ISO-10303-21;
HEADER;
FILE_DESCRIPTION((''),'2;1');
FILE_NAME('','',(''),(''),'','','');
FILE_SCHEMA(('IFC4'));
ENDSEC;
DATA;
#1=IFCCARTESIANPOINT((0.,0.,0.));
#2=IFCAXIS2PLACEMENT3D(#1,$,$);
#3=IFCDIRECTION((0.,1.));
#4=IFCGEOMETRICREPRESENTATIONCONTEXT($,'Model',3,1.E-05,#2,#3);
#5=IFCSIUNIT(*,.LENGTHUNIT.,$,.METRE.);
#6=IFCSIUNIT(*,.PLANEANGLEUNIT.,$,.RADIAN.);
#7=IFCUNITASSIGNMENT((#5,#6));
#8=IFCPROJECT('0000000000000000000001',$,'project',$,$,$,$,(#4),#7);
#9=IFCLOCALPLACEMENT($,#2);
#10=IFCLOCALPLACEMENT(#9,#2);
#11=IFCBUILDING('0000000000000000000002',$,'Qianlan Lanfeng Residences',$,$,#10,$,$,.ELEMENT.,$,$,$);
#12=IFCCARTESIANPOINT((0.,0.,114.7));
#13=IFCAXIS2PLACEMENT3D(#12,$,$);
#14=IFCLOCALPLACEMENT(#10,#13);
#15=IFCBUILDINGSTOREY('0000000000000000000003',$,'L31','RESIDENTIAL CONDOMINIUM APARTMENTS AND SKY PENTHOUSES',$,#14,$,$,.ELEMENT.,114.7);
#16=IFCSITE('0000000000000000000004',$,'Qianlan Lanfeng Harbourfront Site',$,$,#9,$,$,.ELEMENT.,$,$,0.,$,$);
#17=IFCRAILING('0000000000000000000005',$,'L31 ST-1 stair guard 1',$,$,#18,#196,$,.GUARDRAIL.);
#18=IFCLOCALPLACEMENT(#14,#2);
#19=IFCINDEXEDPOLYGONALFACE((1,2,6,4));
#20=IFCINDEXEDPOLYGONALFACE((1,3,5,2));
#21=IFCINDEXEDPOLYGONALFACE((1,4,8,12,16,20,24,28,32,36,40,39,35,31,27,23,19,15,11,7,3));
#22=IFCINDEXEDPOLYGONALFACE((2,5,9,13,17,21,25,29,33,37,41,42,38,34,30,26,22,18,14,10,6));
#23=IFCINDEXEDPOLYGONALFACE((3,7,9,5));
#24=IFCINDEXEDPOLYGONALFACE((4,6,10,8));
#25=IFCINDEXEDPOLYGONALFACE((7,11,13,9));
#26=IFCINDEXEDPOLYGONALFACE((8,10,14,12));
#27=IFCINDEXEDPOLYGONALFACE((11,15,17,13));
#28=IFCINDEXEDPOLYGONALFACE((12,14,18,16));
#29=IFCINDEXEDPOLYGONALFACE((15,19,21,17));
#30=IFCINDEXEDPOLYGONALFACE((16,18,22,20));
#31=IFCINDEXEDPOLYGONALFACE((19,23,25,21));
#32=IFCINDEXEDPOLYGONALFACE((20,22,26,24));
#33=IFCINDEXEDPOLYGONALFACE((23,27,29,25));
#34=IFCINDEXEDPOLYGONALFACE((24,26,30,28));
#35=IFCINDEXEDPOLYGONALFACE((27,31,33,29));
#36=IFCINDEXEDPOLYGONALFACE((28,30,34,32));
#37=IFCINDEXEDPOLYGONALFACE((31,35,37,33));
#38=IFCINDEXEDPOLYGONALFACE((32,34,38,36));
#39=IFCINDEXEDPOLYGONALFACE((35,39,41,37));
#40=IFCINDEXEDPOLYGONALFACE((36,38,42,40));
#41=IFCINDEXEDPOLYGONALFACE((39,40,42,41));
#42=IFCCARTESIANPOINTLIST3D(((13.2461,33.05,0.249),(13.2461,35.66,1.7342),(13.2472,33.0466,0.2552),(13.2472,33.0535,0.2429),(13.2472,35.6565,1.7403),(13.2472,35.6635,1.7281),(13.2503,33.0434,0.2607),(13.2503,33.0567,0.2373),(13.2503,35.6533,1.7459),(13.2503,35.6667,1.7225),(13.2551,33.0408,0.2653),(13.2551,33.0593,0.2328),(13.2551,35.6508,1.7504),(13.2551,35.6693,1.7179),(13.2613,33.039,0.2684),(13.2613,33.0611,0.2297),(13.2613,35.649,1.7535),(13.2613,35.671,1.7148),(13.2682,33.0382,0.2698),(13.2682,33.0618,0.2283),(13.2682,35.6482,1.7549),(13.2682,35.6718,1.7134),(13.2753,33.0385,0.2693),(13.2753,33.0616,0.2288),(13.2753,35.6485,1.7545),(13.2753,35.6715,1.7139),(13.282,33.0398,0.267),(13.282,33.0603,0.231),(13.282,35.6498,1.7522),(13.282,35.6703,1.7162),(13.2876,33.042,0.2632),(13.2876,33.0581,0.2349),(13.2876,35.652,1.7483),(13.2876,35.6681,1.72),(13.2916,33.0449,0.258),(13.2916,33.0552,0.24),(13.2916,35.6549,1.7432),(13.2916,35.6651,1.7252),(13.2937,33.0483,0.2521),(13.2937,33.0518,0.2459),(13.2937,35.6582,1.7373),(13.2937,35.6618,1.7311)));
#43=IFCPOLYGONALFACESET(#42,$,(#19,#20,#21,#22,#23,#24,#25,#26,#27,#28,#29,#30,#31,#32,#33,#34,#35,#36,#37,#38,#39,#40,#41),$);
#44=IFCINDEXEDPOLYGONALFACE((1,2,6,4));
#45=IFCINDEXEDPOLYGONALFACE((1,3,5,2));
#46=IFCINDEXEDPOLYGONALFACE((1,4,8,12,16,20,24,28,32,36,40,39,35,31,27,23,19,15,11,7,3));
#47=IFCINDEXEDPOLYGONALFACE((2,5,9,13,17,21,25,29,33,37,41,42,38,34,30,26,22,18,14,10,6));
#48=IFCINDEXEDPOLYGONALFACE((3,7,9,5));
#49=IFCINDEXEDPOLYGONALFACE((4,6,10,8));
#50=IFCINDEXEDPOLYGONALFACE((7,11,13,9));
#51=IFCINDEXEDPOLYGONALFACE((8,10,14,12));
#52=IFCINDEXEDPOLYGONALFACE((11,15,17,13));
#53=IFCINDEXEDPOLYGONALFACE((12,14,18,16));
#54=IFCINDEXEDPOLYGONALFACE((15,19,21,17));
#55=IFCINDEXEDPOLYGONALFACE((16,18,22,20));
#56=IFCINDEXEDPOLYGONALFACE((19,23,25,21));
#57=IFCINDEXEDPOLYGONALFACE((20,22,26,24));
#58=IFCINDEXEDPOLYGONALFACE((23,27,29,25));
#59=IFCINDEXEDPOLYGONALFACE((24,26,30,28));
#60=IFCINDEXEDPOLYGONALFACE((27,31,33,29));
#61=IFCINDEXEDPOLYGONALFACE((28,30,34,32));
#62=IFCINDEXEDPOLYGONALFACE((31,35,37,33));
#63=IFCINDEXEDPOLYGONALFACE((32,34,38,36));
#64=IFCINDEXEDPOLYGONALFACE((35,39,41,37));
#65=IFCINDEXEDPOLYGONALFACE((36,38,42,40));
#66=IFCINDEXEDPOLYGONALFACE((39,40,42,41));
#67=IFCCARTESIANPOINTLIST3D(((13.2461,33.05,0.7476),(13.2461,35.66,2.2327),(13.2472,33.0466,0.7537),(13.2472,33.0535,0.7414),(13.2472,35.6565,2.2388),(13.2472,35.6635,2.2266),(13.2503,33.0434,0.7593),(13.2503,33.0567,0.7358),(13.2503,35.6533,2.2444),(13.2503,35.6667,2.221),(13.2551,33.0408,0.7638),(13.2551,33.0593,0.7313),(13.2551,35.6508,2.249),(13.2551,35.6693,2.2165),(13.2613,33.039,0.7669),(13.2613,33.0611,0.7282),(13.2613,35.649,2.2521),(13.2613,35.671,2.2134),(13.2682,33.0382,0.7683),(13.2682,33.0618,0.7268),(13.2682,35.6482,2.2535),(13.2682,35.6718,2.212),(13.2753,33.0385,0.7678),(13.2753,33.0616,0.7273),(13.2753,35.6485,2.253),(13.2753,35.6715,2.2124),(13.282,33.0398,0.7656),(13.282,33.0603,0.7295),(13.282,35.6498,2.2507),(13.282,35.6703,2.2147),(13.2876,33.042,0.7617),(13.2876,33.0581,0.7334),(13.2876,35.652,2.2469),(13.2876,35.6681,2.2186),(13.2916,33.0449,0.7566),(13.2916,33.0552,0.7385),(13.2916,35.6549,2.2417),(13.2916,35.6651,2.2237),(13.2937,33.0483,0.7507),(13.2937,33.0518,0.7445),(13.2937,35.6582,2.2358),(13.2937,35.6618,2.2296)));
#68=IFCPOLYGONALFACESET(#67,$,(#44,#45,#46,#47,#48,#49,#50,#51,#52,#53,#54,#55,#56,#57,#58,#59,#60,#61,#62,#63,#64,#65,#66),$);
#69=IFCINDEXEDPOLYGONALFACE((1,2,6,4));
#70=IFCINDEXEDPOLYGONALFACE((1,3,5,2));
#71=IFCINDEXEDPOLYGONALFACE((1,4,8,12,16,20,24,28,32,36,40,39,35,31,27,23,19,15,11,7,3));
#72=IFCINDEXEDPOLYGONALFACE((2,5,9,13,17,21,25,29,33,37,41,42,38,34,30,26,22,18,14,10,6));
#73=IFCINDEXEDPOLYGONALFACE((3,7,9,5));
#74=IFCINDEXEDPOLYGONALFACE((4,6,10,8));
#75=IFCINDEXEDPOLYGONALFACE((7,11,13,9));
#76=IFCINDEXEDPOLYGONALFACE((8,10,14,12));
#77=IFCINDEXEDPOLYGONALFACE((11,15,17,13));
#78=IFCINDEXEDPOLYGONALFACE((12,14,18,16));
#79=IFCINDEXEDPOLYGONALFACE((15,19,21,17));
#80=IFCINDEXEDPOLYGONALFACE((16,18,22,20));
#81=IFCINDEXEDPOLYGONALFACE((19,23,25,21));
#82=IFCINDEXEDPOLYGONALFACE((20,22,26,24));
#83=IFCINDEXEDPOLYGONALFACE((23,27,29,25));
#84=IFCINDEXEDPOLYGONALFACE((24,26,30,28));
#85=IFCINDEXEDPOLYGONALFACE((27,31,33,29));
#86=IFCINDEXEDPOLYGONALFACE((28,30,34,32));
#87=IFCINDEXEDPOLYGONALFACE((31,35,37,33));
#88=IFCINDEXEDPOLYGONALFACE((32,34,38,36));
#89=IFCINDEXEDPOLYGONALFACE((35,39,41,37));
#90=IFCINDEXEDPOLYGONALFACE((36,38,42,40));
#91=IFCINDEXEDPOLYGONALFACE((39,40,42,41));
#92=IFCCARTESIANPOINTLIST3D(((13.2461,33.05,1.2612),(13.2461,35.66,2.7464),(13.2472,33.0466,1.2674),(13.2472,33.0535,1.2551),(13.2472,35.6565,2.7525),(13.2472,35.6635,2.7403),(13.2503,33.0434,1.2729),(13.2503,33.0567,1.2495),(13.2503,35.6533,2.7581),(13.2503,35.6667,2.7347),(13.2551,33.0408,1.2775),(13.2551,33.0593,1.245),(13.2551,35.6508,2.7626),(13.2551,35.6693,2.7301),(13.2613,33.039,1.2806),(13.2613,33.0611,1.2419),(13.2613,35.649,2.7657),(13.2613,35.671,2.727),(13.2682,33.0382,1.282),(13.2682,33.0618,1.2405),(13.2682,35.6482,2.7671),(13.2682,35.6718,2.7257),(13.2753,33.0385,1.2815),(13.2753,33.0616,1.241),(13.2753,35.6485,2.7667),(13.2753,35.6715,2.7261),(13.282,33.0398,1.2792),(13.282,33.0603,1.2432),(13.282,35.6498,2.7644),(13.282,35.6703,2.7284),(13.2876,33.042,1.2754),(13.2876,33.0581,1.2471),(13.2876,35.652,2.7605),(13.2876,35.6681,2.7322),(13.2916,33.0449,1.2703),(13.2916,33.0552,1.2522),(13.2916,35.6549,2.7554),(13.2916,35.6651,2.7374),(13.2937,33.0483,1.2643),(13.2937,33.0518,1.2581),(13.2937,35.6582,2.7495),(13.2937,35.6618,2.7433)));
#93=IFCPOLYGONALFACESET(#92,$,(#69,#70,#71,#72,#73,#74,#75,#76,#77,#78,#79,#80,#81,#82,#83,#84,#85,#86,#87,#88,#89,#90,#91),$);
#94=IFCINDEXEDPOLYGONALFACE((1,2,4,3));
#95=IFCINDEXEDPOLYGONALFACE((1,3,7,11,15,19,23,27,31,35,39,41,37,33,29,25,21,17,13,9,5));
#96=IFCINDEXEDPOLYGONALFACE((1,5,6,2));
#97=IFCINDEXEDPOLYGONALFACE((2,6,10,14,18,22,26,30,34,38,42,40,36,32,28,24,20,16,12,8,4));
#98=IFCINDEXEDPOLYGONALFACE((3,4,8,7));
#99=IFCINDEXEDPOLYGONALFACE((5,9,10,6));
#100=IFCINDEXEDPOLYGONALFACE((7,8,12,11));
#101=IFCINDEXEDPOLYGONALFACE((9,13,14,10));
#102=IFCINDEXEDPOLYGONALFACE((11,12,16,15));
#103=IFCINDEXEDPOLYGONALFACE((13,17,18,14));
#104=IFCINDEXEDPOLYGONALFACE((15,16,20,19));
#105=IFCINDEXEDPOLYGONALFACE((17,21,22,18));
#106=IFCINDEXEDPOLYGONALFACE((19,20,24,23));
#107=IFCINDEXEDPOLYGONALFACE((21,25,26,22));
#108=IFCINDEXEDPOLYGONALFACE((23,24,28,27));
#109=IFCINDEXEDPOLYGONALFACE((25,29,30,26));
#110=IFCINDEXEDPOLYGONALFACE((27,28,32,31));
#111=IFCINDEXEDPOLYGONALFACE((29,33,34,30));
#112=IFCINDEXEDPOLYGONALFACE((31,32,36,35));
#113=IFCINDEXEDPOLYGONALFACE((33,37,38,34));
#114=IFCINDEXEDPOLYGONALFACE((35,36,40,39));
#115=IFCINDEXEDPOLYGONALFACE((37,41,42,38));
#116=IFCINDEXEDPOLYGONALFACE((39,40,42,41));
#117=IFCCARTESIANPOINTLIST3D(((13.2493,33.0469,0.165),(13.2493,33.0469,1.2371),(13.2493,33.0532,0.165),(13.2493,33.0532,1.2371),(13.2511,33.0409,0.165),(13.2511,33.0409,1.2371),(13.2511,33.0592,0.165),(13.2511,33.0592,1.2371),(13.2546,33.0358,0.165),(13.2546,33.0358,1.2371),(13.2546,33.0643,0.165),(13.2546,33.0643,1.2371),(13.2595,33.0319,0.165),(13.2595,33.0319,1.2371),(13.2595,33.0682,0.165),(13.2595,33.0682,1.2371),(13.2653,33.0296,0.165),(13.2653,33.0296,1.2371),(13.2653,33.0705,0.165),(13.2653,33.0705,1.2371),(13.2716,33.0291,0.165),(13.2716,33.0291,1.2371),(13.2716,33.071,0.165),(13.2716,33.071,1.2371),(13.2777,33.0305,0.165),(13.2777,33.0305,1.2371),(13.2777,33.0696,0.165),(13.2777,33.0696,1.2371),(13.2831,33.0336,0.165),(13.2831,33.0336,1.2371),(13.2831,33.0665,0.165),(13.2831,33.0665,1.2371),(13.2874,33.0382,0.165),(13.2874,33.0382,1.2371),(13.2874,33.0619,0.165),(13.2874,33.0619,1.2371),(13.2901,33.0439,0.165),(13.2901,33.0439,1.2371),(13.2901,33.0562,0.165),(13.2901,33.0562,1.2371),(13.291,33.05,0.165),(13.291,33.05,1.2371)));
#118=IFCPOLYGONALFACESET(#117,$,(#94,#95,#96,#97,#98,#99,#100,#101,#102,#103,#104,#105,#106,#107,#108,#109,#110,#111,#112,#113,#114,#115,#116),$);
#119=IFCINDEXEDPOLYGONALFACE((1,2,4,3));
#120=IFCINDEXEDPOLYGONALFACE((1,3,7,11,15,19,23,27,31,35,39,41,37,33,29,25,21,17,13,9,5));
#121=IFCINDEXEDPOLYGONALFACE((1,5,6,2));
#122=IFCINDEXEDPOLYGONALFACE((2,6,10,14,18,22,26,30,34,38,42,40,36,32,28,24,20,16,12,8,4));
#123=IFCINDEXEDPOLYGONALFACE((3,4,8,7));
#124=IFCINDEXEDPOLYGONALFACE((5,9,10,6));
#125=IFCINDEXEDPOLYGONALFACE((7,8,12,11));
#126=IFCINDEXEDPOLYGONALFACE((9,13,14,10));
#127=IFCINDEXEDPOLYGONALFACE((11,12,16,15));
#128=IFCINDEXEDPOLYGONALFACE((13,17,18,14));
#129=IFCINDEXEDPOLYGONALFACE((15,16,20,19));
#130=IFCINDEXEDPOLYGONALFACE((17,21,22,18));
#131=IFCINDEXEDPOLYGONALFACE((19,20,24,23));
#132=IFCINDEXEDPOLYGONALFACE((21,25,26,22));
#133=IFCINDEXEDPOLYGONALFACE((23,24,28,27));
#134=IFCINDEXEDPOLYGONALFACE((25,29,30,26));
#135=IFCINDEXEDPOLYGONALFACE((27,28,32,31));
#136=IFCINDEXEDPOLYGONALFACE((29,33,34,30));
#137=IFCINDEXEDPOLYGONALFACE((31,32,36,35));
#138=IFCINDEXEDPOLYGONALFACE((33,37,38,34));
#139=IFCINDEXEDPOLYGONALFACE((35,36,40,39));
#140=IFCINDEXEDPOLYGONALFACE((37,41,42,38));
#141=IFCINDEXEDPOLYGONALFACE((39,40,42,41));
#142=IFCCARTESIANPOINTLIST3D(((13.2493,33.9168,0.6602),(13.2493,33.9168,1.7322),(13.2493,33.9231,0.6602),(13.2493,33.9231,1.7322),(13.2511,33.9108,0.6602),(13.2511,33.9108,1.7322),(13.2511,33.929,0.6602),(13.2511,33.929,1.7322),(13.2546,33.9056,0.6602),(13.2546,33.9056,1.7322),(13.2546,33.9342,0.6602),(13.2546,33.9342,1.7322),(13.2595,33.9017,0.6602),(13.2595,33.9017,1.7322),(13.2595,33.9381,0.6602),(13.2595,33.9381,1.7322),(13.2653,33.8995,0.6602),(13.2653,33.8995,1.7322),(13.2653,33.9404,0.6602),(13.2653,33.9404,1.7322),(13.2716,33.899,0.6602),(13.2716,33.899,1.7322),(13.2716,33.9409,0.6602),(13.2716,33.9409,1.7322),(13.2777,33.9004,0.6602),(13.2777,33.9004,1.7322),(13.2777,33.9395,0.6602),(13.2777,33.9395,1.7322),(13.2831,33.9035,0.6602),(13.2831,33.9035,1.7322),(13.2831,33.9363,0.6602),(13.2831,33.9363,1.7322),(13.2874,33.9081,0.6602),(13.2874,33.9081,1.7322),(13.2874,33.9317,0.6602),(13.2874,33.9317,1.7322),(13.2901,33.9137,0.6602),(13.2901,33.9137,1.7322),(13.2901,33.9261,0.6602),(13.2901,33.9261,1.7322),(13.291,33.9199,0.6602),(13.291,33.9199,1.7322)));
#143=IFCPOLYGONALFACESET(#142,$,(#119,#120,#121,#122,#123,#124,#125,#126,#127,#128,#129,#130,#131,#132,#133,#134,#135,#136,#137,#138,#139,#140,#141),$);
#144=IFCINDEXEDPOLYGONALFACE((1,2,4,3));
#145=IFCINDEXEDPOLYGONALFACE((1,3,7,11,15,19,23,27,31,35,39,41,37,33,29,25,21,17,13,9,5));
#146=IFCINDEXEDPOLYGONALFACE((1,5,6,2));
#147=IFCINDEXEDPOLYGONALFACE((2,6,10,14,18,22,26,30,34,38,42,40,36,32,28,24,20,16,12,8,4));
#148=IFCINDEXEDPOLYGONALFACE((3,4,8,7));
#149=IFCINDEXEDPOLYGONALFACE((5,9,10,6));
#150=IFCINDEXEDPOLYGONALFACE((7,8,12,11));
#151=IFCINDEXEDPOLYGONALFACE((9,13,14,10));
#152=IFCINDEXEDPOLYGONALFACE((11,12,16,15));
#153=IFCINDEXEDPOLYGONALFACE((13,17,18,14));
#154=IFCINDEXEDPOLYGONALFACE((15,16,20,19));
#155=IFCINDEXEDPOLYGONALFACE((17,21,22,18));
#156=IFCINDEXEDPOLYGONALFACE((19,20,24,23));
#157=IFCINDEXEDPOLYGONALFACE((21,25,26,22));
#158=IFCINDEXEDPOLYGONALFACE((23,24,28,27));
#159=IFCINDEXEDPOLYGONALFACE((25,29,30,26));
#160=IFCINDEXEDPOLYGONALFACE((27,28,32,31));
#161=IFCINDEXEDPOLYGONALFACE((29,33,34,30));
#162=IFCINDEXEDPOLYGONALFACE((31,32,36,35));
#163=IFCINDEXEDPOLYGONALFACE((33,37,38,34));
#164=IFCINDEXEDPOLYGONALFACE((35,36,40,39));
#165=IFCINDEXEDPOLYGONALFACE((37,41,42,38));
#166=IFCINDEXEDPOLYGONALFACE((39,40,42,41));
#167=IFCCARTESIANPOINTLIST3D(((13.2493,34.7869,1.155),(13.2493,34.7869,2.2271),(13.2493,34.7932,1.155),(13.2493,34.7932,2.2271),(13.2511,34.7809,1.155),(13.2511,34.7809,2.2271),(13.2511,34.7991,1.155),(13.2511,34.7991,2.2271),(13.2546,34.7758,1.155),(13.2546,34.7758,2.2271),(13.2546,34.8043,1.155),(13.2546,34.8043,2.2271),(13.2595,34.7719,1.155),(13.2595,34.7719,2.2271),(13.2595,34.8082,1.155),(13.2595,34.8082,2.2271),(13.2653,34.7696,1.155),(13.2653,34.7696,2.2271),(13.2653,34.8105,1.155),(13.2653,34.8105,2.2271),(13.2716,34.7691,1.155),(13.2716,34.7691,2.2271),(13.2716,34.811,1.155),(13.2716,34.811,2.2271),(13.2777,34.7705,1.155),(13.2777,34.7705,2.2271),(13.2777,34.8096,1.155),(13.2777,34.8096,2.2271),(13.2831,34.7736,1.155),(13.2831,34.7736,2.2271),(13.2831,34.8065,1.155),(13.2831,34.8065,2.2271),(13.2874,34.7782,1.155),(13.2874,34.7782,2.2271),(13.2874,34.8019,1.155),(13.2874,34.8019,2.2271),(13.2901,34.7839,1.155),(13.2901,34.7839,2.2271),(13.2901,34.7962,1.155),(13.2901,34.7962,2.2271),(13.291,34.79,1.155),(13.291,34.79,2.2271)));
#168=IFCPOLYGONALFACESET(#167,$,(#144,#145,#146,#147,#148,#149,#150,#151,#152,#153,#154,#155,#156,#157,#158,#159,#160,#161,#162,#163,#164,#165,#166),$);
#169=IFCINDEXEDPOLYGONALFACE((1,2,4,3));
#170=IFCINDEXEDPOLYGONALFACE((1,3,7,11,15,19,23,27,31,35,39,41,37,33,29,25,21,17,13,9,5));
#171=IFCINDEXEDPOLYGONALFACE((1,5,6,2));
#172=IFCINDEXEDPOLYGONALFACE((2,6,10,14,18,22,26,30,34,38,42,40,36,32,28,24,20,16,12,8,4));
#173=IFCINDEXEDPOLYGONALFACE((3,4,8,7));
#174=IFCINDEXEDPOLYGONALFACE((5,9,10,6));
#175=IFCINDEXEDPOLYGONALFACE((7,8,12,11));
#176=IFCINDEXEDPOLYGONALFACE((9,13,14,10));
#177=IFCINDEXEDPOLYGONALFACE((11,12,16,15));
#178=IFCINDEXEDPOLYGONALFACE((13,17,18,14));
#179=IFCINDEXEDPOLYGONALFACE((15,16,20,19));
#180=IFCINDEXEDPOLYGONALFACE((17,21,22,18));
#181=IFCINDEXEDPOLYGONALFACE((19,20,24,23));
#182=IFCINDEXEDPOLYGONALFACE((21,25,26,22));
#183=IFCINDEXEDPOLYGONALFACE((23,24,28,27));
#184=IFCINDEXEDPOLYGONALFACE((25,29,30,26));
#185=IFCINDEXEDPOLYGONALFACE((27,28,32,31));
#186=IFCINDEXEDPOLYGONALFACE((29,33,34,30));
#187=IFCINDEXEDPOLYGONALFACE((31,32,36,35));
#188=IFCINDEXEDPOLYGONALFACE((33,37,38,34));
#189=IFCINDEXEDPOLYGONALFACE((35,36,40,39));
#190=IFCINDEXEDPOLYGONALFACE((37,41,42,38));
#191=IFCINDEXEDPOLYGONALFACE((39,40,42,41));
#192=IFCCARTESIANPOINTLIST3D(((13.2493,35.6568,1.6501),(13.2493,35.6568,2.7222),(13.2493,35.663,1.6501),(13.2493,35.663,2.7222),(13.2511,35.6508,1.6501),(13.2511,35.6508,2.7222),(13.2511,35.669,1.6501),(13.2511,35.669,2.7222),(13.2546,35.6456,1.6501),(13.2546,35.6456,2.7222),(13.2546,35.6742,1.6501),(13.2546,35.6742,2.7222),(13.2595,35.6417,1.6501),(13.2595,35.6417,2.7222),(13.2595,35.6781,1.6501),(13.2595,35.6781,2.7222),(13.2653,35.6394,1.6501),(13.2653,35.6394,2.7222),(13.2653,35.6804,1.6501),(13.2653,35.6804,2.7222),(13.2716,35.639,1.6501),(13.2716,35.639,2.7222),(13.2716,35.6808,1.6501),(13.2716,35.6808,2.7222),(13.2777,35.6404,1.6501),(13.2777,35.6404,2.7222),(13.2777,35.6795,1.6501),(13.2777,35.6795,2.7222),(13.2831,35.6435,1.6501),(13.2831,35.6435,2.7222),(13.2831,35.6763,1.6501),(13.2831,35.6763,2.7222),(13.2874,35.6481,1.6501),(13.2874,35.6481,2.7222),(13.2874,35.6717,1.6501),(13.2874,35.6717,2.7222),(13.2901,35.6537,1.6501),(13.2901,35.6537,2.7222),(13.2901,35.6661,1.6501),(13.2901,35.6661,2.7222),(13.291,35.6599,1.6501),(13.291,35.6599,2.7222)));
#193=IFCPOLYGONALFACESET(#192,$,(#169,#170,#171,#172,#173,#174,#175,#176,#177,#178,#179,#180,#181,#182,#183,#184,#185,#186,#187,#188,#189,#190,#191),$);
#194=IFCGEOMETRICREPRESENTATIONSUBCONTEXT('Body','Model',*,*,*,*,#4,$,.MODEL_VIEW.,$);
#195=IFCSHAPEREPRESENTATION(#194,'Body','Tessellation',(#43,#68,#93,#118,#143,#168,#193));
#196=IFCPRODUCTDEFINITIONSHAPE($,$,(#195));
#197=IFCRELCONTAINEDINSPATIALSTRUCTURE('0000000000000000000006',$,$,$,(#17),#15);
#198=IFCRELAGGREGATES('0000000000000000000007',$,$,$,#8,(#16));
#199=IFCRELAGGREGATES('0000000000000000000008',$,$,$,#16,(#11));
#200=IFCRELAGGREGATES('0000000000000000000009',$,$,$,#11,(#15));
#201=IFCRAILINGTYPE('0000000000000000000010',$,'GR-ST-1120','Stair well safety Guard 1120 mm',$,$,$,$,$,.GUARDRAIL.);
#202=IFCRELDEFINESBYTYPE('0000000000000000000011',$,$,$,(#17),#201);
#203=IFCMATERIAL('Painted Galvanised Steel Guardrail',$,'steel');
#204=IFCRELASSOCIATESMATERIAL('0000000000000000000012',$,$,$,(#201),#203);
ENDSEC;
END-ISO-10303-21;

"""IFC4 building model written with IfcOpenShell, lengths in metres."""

from ifc_helpers import new_model, si_unit, direction, frame, origin, origin_2d, place, context, subcontext, project, spatial, circle, extrude, material, type_object, element, save


model = new_model("IFC4")

# Units and contexts
model_context = context("Model", 3, precision=1e-05, world=origin(), true_north=direction((0.0, 1.0)))
body_context = subcontext(model_context, "Body", "Model", "MODEL_VIEW")
ifc_project = project(units=[si_unit("LENGTHUNIT", "METRE"), si_unit("PLANEANGLEUNIT", "RADIAN")], contexts=[model_context])

# Site, building, storey
site_placement = place(None, origin())
site = spatial("IfcSite", under=ifc_project, at=site_placement, Name="Qianlan Lanfeng Harbourfront Site", CompositionType="ELEMENT", RefElevation=0.0)
building_placement = place(site_placement, origin())
building = spatial("IfcBuilding", under=site, at=building_placement, Name="Qianlan Lanfeng Residences", CompositionType="ELEMENT")
storey_placement = place(building_placement, frame((0.0, 0.0, 114.7)))
storey = spatial("IfcBuildingStorey", under=building, at=storey_placement, Name="L31", Description="RESIDENTIAL CONDOMINIUM APARTMENTS AND SKY PENTHOUSES", CompositionType="ELEMENT", Elevation=114.7)

# Railing
ifc_material_1 = material(Name="Painted Galvanised Steel Guardrail", Category="steel")
railing_type_1 = type_object("IfcRailingType", Name="GR-ST-1120", Description="Stair well safety Guard 1120 mm", PredefinedType="GUARDRAIL", material=ifc_material_1)
railing_1_placement = place(storey_placement, frame((13.27, 33.05, 0.165)))
element("IfcRailing", 1, at=railing_1_placement, inside=storey, type_object=railing_type_1, Name="L31 ST-1 stair guard 1", PredefinedType="GUARDRAIL", context=body_context, shape_type="SweptSolid", body=[
    extrude(circle(Radius=0.0239, at=origin_2d()), frame((0.0, 0.0, 0.084), z_axis=(0.0, 0.869137, 0.494571), x_axis=(-1.0, 0.0, 0.0)), (0.0, 0.0, 1.0), 3.0029),
    extrude(circle(Radius=0.0239, at=origin_2d()), frame((0.0, 0.0, 0.5825), z_axis=(0.0, 0.869137, 0.494571), x_axis=(-1.0, 0.0, 0.0)), (0.0, 0.0, 1.0), 3.0029),
    extrude(circle(Radius=0.0239, at=origin_2d()), frame((0.0, 0.0, 1.0962), z_axis=(0.0, 0.869137, 0.494571), x_axis=(-1.0, 0.0, 0.0)), (0.0, 0.0, 1.0), 3.0029),
    extrude(circle(Radius=0.021, at=origin_2d()), origin(), (0.0, 0.0, 1.0), 1.072),
    extrude(circle(Radius=0.021, at=origin_2d()), frame((0.0, 0.8699, 0.4951)), (0.0, 0.0, 1.0), 1.072),
    extrude(circle(Radius=0.021, at=origin_2d()), frame((0.0, 1.74, 0.99)), (0.0, 0.0, 1.0), 1.072),
    extrude(circle(Radius=0.021, at=origin_2d()), frame((0.0, 2.6099, 1.4851)), (0.0, 0.0, 1.0), 1.072),
])

save(model, "model.ifc")
